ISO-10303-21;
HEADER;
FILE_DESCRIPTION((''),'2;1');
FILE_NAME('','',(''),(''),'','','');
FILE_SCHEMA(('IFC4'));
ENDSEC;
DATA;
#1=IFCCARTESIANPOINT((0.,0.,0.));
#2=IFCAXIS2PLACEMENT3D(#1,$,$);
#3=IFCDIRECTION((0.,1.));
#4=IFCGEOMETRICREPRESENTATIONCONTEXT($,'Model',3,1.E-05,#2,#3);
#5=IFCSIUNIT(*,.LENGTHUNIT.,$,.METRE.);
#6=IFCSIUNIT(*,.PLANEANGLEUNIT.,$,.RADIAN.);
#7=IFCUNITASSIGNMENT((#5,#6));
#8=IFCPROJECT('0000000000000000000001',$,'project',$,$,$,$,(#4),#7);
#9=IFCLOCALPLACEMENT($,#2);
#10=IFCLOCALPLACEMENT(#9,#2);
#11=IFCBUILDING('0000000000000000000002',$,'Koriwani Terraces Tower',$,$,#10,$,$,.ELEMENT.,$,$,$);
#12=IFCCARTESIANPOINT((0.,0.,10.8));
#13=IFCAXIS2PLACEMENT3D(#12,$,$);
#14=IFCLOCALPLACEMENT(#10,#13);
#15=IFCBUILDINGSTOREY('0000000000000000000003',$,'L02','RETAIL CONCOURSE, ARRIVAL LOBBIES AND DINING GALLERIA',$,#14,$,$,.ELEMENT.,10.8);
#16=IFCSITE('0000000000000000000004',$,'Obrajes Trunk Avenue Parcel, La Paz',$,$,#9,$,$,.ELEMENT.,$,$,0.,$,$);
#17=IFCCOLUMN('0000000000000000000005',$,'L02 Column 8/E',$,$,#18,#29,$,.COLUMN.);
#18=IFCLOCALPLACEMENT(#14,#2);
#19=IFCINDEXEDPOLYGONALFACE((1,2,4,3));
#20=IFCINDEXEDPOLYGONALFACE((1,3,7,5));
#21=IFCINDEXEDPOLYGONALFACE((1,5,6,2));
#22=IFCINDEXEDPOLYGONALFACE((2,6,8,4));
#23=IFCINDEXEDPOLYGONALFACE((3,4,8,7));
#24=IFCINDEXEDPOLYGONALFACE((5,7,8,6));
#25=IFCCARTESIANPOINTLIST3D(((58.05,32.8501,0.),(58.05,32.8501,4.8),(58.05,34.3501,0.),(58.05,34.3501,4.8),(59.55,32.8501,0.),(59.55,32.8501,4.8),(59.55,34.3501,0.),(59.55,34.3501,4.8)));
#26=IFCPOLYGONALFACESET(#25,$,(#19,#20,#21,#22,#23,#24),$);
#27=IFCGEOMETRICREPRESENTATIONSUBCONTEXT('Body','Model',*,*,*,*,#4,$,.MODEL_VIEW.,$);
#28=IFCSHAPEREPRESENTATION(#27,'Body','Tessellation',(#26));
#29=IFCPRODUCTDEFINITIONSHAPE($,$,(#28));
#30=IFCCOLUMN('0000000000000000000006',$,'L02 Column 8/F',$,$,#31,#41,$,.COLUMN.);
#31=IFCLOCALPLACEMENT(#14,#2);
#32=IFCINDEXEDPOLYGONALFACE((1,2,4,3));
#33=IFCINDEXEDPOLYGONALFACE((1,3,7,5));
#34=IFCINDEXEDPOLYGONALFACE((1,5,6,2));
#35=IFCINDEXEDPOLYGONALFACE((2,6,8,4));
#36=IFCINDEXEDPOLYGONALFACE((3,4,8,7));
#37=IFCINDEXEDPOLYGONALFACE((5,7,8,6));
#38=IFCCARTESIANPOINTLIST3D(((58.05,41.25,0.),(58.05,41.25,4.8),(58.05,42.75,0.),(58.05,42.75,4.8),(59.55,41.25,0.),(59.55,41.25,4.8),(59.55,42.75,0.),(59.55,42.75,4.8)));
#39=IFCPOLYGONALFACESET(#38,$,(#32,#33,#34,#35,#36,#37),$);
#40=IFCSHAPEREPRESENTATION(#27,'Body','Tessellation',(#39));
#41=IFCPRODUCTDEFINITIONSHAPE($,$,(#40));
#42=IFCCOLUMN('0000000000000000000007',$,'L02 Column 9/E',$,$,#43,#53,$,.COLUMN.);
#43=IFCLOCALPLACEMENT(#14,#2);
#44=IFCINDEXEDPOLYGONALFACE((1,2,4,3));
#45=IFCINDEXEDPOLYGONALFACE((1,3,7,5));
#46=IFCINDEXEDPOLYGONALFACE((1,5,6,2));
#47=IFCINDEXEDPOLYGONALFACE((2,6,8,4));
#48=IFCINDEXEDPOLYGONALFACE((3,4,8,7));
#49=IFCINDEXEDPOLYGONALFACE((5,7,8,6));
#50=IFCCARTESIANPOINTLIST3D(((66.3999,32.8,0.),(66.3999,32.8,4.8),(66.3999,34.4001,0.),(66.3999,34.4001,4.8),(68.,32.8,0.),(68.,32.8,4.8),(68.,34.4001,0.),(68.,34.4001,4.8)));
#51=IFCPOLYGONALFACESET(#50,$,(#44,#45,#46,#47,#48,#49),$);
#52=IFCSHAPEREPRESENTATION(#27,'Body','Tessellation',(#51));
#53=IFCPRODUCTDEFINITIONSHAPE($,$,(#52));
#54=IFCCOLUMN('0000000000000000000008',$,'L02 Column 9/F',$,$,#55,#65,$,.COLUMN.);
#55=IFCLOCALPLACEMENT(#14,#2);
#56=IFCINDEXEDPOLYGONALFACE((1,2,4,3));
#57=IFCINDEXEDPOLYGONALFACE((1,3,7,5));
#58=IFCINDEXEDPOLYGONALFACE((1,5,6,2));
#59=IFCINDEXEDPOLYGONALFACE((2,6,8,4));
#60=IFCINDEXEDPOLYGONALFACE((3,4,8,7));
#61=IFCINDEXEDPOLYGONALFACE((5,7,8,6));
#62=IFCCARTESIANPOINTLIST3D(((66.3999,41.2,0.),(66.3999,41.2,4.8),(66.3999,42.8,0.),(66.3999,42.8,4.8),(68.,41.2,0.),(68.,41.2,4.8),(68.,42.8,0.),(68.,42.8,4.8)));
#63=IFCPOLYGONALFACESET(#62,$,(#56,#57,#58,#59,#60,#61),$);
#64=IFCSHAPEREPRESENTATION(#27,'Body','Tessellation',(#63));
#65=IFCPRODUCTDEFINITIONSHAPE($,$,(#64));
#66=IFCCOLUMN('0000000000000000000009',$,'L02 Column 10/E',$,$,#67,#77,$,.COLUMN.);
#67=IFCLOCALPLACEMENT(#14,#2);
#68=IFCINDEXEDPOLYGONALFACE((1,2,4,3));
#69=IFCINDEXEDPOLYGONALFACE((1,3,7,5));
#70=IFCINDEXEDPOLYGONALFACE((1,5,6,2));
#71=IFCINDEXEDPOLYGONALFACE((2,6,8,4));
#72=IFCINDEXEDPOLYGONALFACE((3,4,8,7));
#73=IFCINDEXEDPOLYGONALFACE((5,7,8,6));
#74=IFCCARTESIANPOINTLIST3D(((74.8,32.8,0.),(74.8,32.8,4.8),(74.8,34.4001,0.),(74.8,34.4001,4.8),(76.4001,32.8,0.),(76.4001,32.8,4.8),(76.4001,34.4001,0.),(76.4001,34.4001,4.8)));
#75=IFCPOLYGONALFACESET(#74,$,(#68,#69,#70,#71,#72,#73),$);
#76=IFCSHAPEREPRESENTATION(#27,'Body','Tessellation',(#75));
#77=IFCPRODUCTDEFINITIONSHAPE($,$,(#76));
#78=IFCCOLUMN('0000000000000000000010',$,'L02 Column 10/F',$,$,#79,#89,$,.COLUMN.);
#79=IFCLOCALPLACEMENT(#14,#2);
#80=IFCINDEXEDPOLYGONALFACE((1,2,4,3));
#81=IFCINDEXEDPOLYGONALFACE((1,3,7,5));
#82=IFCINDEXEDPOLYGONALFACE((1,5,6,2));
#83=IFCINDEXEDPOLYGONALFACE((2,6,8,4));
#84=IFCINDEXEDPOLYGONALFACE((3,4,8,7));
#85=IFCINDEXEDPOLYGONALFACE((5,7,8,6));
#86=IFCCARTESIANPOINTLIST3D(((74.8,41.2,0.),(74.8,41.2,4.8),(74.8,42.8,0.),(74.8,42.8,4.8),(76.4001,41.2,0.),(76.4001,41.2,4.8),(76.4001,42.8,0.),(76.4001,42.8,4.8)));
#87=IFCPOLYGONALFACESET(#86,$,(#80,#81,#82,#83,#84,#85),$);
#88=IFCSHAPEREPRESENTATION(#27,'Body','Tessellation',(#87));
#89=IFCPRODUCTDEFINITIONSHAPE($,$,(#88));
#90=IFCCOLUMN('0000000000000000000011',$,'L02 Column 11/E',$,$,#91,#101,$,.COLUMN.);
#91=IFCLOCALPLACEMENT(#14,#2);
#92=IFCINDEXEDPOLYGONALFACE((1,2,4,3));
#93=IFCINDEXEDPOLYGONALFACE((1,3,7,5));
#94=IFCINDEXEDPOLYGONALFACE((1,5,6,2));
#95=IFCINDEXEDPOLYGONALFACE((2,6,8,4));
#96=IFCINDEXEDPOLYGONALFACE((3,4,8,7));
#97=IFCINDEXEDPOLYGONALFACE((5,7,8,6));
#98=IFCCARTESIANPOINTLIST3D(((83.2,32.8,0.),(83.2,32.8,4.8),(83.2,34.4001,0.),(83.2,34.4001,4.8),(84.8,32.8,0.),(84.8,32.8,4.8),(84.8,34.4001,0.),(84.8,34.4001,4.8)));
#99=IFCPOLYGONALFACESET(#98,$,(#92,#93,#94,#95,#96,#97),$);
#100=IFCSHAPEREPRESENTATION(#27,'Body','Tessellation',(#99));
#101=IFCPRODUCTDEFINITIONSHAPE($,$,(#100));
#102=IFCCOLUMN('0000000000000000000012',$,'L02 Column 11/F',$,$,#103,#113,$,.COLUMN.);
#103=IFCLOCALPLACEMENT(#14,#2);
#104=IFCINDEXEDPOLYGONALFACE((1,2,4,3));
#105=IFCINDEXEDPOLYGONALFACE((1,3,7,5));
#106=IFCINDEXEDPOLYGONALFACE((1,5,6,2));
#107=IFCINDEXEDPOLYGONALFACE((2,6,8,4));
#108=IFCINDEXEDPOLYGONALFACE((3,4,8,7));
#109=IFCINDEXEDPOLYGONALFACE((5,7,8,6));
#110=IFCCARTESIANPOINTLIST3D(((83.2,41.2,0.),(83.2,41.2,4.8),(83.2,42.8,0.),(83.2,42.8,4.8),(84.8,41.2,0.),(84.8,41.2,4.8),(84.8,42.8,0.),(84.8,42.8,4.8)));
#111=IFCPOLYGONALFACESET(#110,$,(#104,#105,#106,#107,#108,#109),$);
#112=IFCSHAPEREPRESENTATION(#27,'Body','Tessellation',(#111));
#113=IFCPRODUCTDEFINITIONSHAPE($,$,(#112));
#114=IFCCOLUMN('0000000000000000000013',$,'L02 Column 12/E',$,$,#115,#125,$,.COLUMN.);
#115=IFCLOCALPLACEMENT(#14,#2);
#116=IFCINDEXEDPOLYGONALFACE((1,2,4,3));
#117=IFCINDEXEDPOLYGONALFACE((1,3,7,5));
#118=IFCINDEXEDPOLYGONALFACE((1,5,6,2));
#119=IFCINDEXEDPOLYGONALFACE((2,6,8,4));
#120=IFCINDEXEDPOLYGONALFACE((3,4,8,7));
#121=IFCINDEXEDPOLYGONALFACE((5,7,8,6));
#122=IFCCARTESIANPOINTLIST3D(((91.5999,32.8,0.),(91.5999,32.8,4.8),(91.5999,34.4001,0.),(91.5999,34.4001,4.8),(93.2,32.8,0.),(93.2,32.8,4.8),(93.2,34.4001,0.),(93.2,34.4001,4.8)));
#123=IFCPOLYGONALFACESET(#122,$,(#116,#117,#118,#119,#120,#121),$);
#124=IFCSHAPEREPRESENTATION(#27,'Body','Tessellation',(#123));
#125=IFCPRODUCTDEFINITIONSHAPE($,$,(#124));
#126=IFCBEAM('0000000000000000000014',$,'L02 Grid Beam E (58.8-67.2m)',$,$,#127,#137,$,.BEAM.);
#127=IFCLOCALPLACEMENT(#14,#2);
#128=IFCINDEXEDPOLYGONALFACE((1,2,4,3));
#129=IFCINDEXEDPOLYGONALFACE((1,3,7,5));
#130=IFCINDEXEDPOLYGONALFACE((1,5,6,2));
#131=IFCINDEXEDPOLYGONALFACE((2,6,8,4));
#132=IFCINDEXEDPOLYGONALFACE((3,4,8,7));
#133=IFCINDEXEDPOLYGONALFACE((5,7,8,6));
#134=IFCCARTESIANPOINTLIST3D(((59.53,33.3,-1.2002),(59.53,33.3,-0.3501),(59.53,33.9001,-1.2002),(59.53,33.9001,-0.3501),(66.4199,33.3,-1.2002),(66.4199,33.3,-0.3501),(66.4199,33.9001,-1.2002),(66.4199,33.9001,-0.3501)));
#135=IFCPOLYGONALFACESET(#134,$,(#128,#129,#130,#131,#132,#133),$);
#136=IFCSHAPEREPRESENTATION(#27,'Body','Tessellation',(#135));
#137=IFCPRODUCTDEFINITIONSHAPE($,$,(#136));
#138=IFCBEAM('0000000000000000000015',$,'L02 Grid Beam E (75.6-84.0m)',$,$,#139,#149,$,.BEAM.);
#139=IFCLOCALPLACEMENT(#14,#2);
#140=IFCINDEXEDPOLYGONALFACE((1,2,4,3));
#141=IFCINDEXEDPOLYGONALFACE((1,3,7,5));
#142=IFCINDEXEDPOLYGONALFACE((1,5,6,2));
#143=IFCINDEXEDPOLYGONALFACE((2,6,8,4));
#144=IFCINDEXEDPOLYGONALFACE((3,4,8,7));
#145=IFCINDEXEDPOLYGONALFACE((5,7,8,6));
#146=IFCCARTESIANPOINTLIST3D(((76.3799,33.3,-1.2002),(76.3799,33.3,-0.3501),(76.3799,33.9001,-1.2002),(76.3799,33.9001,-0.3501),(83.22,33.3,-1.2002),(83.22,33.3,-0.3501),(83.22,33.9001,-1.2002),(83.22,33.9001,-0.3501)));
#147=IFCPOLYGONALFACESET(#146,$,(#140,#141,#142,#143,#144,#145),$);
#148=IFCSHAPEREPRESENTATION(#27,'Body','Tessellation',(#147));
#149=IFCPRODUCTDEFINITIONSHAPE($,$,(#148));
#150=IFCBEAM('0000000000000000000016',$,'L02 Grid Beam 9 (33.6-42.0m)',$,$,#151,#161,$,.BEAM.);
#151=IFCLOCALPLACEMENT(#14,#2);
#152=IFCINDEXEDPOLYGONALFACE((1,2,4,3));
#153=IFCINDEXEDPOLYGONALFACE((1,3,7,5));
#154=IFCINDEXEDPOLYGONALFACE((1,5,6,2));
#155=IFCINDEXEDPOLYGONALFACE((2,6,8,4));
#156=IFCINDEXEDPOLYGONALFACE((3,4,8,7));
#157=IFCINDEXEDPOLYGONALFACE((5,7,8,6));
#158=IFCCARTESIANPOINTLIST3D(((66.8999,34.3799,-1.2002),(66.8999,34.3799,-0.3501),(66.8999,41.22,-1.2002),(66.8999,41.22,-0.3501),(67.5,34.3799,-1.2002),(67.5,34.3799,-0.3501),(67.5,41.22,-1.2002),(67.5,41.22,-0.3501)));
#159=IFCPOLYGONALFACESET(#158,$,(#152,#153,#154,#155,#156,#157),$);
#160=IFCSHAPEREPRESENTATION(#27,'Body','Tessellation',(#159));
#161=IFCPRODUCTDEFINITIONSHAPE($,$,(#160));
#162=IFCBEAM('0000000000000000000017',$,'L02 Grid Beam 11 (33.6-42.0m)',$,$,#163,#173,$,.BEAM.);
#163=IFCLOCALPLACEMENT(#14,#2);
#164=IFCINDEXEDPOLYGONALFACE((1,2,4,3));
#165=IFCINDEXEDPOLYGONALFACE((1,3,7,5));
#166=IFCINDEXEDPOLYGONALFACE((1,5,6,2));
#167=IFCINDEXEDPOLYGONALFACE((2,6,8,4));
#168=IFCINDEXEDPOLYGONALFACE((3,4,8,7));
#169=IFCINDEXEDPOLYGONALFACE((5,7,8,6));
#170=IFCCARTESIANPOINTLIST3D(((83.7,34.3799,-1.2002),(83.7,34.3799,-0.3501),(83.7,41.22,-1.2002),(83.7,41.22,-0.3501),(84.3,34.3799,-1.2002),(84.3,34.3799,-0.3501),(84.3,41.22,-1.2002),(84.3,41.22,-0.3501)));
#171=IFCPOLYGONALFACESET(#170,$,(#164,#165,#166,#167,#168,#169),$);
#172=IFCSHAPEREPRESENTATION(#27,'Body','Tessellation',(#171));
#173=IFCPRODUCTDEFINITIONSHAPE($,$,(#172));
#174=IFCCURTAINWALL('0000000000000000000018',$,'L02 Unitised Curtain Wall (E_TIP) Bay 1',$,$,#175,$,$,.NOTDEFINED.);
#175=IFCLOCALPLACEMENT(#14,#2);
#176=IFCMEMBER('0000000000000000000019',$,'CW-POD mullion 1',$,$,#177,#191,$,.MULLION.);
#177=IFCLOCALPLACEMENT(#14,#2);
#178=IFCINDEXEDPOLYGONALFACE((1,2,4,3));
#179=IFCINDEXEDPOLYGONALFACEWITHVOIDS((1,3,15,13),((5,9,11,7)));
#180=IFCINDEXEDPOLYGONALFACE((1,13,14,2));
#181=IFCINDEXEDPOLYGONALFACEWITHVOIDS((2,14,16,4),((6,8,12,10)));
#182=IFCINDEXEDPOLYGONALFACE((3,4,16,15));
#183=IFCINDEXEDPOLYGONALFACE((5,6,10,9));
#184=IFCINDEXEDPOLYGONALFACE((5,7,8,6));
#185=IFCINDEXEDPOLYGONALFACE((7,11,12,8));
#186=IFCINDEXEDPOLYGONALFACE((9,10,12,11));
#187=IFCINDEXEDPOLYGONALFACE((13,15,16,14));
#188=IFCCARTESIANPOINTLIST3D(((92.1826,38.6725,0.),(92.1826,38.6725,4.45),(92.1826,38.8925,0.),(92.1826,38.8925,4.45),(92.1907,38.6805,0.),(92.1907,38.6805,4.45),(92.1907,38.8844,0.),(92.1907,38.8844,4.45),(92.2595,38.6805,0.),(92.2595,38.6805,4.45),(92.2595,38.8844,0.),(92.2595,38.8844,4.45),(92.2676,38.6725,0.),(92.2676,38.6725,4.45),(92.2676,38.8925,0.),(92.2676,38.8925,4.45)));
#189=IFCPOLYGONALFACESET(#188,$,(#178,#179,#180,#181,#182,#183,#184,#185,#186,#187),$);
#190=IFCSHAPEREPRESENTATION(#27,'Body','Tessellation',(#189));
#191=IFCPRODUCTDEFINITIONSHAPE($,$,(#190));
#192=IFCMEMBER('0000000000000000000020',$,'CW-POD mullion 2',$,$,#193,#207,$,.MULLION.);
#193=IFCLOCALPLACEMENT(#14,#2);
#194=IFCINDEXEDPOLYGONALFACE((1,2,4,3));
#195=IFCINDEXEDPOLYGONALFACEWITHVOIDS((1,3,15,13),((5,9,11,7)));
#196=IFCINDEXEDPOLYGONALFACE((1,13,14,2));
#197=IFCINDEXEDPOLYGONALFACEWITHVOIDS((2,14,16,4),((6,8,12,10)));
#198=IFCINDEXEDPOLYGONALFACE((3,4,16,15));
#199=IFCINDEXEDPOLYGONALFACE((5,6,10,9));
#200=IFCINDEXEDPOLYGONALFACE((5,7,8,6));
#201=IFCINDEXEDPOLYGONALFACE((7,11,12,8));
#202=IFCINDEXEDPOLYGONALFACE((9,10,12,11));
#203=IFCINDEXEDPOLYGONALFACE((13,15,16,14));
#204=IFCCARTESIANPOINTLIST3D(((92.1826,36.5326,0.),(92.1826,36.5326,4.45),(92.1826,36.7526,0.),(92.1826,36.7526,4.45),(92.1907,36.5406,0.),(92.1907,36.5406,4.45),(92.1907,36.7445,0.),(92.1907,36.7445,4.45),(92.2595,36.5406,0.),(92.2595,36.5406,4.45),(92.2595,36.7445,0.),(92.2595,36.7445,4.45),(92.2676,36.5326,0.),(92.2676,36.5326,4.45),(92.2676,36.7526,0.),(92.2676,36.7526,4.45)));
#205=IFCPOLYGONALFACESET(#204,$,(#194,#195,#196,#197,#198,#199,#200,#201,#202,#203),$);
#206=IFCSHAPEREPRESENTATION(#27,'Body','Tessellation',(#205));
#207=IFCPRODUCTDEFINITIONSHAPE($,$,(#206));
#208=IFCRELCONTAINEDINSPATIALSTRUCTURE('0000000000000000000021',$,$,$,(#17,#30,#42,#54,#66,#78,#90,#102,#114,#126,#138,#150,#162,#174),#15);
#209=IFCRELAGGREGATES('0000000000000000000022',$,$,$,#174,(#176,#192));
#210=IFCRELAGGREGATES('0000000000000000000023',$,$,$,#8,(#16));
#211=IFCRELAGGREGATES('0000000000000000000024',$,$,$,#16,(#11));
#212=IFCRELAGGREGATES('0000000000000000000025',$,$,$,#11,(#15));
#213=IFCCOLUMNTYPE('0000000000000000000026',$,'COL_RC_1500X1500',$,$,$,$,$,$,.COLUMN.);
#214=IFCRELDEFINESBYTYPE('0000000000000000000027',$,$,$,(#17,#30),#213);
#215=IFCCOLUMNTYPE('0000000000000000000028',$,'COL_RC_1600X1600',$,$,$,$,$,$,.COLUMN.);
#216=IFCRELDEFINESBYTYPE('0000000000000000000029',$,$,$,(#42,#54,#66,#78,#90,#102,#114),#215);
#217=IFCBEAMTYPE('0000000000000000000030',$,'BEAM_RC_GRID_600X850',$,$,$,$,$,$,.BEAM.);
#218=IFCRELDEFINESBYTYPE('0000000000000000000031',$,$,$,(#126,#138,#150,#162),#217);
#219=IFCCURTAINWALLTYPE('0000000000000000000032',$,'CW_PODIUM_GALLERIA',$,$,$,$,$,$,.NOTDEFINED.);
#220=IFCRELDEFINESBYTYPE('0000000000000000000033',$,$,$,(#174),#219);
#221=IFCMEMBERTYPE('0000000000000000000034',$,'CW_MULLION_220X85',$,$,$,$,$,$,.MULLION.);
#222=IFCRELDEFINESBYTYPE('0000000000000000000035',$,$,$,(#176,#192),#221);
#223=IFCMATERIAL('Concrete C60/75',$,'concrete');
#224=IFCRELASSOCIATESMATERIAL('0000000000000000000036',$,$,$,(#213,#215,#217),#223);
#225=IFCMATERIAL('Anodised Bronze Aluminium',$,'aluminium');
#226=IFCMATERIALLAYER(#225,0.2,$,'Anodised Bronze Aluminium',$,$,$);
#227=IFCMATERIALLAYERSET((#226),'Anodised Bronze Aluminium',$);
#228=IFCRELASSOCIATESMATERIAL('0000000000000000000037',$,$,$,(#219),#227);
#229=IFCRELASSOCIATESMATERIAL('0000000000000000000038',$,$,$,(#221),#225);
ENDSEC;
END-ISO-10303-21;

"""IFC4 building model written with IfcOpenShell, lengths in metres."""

from ifc_helpers import new_model, si_unit, direction, frame, origin, origin_2d, place, context, subcontext, project, spatial, rectangle, hollow_rectangle, extrude, material, layer, layer_set, material_profile, profile_set, type_object, element, aggregate, save


model = new_model("IFC4")

# Units and contexts
model_context = context("Model", 3, precision=1e-05, world=origin(), true_north=direction((0.0, 1.0)))
body_context = subcontext(model_context, "Body", "Model", "MODEL_VIEW")
ifc_project = project(units=[si_unit("LENGTHUNIT", "METRE"), si_unit("PLANEANGLEUNIT", "RADIAN")], contexts=[model_context])

# Site, building, storey
site_placement = place(None, origin())
site = spatial("IfcSite", under=ifc_project, at=site_placement, Name="Obrajes Trunk Avenue Parcel, La Paz", CompositionType="ELEMENT", RefElevation=0.0)
building_placement = place(site_placement, origin())
building = spatial("IfcBuilding", under=site, at=building_placement, Name="Koriwani Terraces Tower", CompositionType="ELEMENT")
storey_placement = place(building_placement, frame((0.0, 0.0, 10.8)))
storey = spatial("IfcBuildingStorey", under=building, at=storey_placement, Name="L02", Description="RETAIL CONCOURSE, ARRIVAL LOBBIES AND DINING GALLERIA", CompositionType="ELEMENT", Elevation=10.8)

# Columns
ifc_material_1 = material(Name="Concrete C60/75", Category="concrete")
ifc_material_profile_1 = material_profile(ifc_material_1, rectangle(XDim=1.5, YDim=1.5, at=origin_2d()), Name="Concrete C60/75", Category="LoadBearing")
ifc_profile_set_1 = profile_set([ifc_material_profile_1], Name="Concrete C60/75")
column_type_1 = type_object("IfcColumnType", Name="COL_RC_1500X1500", PredefinedType="COLUMN", material=ifc_profile_set_1)
for number, where, z_axis, x_axis, name in (
    (1, (58.8, 33.6001, 0.0), (0.0, 0.0, 1.0), (1.0, 0.0, 0.0), "L02 Column 8/E"),
    (2, (58.8, 42.0, 0.0), (0.0, 0.0, 1.0), (1.0, 0.0, 0.0), "L02 Column 8/F"),
):
    element("IfcColumn", number, at=place(storey_placement, frame(where, z_axis=z_axis, x_axis=x_axis)), inside=storey, type_object=column_type_1, Name=name, PredefinedType="COLUMN", context=body_context, shape_type="SweptSolid", body=[
        extrude(rectangle(XDim=1.5, YDim=1.5, at=origin_2d()), origin(), (0.0, 0.0, 1.0), 4.8),
    ])
ifc_material_profile_2 = material_profile(ifc_material_1, rectangle(XDim=1.6001, YDim=1.6001, at=origin_2d()), Name="Concrete C60/75", Category="LoadBearing")
ifc_profile_set_2 = profile_set([ifc_material_profile_2], Name="Concrete C60/75")
column_type_2 = type_object("IfcColumnType", Name="COL_RC_1600X1600", PredefinedType="COLUMN", material=ifc_profile_set_2)
for number, where, z_axis, x_axis, name in (
    (3, (67.2, 33.6001, 0.0), (0.0, 0.0, 1.0), (1.0, 0.0, 0.0), "L02 Column 9/E"),
    (4, (67.2, 42.0, 0.0), (0.0, 0.0, 1.0), (1.0, 0.0, 0.0), "L02 Column 9/F"),
    (5, (75.6001, 33.6001, 0.0), (0.0, 0.0, 1.0), (1.0, 0.0, 0.0), "L02 Column 10/E"),
    (6, (75.6001, 42.0, 0.0), (0.0, 0.0, 1.0), (1.0, 0.0, 0.0), "L02 Column 10/F"),
    (7, (84.0, 33.6001, 0.0), (0.0, 0.0, 1.0), (1.0, 0.0, 0.0), "L02 Column 11/E"),
    (8, (84.0, 42.0, 0.0), (0.0, 0.0, 1.0), (1.0, 0.0, 0.0), "L02 Column 11/F"),
    (9, (92.3999, 33.6001, 0.0), (0.0, 0.0, 1.0), (1.0, 0.0, 0.0), "L02 Column 12/E"),
):
    element("IfcColumn", number, at=place(storey_placement, frame(where, z_axis=z_axis, x_axis=x_axis)), inside=storey, type_object=column_type_2, Name=name, PredefinedType="COLUMN", context=body_context, shape_type="SweptSolid", body=[
        extrude(rectangle(XDim=1.6001, YDim=1.6001, at=origin_2d()), origin(), (0.0, 0.0, 1.0), 4.8),
    ])

# Beams
ifc_material_profile_3 = material_profile(ifc_material_1, rectangle(XDim=0.6001, YDim=0.8501, at=origin_2d()), Name="Concrete C60/75", Category="LoadBearing")
ifc_profile_set_3 = profile_set([ifc_material_profile_3], Name="Concrete C60/75")
beam_type_1 = type_object("IfcBeamType", Name="BEAM_RC_GRID_600X850", PredefinedType="BEAM", material=ifc_profile_set_3)
beam_1_placement = place(storey_placement, frame((59.53, 33.6001, -0.7751), z_axis=(1.0, 0.0, 0.0), x_axis=(0.0, 1.0, 0.0)))
element("IfcBeam", 10, at=beam_1_placement, inside=storey, type_object=beam_type_1, Name="L02 Grid Beam E (58.8-67.2m)", PredefinedType="BEAM", context=body_context, shape_type="SweptSolid", body=[
    extrude(rectangle(XDim=0.6001, YDim=0.8501, at=origin_2d()), origin(), (0.0, 0.0, 1.0), 6.8899),
])
for number, where, z_axis, x_axis, name in (
    (11, (76.3799, 33.6001, -0.7751), (1.0, 0.0, 0.0), (0.0, 1.0, 0.0), "L02 Grid Beam E (75.6-84.0m)"),
    (12, (67.2, 34.3799, -0.7751), (0.0, 1.0, 0.0), (-1.0, 0.0, 0.0), "L02 Grid Beam 9 (33.6-42.0m)"),
    (13, (84.0, 34.3799, -0.7751), (0.0, 1.0, 0.0), (-1.0, 0.0, 0.0), "L02 Grid Beam 11 (33.6-42.0m)"),
):
    element("IfcBeam", number, at=place(storey_placement, frame(where, z_axis=z_axis, x_axis=x_axis)), inside=storey, type_object=beam_type_1, Name=name, PredefinedType="BEAM", context=body_context, shape_type="SweptSolid", body=[
        extrude(rectangle(XDim=0.6001, YDim=0.8501, at=origin_2d()), origin(), (0.0, 0.0, 1.0), 6.8401),
    ])

# Curtain wall, members
ifc_material_2 = material(Name="Anodised Bronze Aluminium", Category="aluminium")
ifc_layer_1 = layer(ifc_material_2, 0.2, Name="Anodised Bronze Aluminium")
ifc_layer_set_1 = layer_set([ifc_layer_1], Name="Anodised Bronze Aluminium")
curtain_wall_type = type_object("IfcCurtainWallType", Name="CW_PODIUM_GALLERIA", PredefinedType="NOTDEFINED", material=ifc_layer_set_1)
curtain_wall_placement = place(storey_placement, origin())
curtain_wall = element("IfcCurtainWall", 14, at=curtain_wall_placement, inside=storey, type_object=curtain_wall_type, Name="L02 Unitised Curtain Wall (E_TIP) Bay 1", PredefinedType="NOTDEFINED")
ifc_material_profile_4 = material_profile(ifc_material_2, hollow_rectangle(XDim=0.085, YDim=0.22, WallThickness=0.0081, at=origin_2d()), Name="Anodised Bronze Aluminium", Category="LoadBearing")
ifc_profile_set_4 = profile_set([ifc_material_profile_4], Name="Anodised Bronze Aluminium")
member_type_1 = type_object("IfcMemberType", Name="CW_MULLION_220X85", PredefinedType="MULLION", material=ifc_profile_set_4)
member_1_placement = place(storey_placement, frame((92.2251, 38.7825, 0.0), z_axis=(0.0, 0.0, 1.0), x_axis=(1.0, 0.0, 0.0)))
member_1 = element("IfcMember", 15, at=member_1_placement, type_object=member_type_1, Name="CW-POD mullion 1", PredefinedType="MULLION", context=body_context, shape_type="SweptSolid", body=[
    extrude(hollow_rectangle(XDim=0.085, YDim=0.22, WallThickness=0.0081, at=origin_2d()), origin(), (0.0, 0.0, 1.0), 4.45),
])
member_2_placement = place(storey_placement, frame((92.2251, 36.6426, 0.0), z_axis=(0.0, 0.0, 1.0), x_axis=(1.0, 0.0, 0.0)))
member_2 = element("IfcMember", 16, at=member_2_placement, type_object=member_type_1, Name="CW-POD mullion 2", PredefinedType="MULLION", context=body_context, shape_type="SweptSolid", body=[
    extrude(hollow_rectangle(XDim=0.085, YDim=0.22, WallThickness=0.0081, at=origin_2d()), origin(), (0.0, 0.0, 1.0), 4.45),
])

aggregate(curtain_wall, [member_1, member_2])

save(model, "model.ifc")
